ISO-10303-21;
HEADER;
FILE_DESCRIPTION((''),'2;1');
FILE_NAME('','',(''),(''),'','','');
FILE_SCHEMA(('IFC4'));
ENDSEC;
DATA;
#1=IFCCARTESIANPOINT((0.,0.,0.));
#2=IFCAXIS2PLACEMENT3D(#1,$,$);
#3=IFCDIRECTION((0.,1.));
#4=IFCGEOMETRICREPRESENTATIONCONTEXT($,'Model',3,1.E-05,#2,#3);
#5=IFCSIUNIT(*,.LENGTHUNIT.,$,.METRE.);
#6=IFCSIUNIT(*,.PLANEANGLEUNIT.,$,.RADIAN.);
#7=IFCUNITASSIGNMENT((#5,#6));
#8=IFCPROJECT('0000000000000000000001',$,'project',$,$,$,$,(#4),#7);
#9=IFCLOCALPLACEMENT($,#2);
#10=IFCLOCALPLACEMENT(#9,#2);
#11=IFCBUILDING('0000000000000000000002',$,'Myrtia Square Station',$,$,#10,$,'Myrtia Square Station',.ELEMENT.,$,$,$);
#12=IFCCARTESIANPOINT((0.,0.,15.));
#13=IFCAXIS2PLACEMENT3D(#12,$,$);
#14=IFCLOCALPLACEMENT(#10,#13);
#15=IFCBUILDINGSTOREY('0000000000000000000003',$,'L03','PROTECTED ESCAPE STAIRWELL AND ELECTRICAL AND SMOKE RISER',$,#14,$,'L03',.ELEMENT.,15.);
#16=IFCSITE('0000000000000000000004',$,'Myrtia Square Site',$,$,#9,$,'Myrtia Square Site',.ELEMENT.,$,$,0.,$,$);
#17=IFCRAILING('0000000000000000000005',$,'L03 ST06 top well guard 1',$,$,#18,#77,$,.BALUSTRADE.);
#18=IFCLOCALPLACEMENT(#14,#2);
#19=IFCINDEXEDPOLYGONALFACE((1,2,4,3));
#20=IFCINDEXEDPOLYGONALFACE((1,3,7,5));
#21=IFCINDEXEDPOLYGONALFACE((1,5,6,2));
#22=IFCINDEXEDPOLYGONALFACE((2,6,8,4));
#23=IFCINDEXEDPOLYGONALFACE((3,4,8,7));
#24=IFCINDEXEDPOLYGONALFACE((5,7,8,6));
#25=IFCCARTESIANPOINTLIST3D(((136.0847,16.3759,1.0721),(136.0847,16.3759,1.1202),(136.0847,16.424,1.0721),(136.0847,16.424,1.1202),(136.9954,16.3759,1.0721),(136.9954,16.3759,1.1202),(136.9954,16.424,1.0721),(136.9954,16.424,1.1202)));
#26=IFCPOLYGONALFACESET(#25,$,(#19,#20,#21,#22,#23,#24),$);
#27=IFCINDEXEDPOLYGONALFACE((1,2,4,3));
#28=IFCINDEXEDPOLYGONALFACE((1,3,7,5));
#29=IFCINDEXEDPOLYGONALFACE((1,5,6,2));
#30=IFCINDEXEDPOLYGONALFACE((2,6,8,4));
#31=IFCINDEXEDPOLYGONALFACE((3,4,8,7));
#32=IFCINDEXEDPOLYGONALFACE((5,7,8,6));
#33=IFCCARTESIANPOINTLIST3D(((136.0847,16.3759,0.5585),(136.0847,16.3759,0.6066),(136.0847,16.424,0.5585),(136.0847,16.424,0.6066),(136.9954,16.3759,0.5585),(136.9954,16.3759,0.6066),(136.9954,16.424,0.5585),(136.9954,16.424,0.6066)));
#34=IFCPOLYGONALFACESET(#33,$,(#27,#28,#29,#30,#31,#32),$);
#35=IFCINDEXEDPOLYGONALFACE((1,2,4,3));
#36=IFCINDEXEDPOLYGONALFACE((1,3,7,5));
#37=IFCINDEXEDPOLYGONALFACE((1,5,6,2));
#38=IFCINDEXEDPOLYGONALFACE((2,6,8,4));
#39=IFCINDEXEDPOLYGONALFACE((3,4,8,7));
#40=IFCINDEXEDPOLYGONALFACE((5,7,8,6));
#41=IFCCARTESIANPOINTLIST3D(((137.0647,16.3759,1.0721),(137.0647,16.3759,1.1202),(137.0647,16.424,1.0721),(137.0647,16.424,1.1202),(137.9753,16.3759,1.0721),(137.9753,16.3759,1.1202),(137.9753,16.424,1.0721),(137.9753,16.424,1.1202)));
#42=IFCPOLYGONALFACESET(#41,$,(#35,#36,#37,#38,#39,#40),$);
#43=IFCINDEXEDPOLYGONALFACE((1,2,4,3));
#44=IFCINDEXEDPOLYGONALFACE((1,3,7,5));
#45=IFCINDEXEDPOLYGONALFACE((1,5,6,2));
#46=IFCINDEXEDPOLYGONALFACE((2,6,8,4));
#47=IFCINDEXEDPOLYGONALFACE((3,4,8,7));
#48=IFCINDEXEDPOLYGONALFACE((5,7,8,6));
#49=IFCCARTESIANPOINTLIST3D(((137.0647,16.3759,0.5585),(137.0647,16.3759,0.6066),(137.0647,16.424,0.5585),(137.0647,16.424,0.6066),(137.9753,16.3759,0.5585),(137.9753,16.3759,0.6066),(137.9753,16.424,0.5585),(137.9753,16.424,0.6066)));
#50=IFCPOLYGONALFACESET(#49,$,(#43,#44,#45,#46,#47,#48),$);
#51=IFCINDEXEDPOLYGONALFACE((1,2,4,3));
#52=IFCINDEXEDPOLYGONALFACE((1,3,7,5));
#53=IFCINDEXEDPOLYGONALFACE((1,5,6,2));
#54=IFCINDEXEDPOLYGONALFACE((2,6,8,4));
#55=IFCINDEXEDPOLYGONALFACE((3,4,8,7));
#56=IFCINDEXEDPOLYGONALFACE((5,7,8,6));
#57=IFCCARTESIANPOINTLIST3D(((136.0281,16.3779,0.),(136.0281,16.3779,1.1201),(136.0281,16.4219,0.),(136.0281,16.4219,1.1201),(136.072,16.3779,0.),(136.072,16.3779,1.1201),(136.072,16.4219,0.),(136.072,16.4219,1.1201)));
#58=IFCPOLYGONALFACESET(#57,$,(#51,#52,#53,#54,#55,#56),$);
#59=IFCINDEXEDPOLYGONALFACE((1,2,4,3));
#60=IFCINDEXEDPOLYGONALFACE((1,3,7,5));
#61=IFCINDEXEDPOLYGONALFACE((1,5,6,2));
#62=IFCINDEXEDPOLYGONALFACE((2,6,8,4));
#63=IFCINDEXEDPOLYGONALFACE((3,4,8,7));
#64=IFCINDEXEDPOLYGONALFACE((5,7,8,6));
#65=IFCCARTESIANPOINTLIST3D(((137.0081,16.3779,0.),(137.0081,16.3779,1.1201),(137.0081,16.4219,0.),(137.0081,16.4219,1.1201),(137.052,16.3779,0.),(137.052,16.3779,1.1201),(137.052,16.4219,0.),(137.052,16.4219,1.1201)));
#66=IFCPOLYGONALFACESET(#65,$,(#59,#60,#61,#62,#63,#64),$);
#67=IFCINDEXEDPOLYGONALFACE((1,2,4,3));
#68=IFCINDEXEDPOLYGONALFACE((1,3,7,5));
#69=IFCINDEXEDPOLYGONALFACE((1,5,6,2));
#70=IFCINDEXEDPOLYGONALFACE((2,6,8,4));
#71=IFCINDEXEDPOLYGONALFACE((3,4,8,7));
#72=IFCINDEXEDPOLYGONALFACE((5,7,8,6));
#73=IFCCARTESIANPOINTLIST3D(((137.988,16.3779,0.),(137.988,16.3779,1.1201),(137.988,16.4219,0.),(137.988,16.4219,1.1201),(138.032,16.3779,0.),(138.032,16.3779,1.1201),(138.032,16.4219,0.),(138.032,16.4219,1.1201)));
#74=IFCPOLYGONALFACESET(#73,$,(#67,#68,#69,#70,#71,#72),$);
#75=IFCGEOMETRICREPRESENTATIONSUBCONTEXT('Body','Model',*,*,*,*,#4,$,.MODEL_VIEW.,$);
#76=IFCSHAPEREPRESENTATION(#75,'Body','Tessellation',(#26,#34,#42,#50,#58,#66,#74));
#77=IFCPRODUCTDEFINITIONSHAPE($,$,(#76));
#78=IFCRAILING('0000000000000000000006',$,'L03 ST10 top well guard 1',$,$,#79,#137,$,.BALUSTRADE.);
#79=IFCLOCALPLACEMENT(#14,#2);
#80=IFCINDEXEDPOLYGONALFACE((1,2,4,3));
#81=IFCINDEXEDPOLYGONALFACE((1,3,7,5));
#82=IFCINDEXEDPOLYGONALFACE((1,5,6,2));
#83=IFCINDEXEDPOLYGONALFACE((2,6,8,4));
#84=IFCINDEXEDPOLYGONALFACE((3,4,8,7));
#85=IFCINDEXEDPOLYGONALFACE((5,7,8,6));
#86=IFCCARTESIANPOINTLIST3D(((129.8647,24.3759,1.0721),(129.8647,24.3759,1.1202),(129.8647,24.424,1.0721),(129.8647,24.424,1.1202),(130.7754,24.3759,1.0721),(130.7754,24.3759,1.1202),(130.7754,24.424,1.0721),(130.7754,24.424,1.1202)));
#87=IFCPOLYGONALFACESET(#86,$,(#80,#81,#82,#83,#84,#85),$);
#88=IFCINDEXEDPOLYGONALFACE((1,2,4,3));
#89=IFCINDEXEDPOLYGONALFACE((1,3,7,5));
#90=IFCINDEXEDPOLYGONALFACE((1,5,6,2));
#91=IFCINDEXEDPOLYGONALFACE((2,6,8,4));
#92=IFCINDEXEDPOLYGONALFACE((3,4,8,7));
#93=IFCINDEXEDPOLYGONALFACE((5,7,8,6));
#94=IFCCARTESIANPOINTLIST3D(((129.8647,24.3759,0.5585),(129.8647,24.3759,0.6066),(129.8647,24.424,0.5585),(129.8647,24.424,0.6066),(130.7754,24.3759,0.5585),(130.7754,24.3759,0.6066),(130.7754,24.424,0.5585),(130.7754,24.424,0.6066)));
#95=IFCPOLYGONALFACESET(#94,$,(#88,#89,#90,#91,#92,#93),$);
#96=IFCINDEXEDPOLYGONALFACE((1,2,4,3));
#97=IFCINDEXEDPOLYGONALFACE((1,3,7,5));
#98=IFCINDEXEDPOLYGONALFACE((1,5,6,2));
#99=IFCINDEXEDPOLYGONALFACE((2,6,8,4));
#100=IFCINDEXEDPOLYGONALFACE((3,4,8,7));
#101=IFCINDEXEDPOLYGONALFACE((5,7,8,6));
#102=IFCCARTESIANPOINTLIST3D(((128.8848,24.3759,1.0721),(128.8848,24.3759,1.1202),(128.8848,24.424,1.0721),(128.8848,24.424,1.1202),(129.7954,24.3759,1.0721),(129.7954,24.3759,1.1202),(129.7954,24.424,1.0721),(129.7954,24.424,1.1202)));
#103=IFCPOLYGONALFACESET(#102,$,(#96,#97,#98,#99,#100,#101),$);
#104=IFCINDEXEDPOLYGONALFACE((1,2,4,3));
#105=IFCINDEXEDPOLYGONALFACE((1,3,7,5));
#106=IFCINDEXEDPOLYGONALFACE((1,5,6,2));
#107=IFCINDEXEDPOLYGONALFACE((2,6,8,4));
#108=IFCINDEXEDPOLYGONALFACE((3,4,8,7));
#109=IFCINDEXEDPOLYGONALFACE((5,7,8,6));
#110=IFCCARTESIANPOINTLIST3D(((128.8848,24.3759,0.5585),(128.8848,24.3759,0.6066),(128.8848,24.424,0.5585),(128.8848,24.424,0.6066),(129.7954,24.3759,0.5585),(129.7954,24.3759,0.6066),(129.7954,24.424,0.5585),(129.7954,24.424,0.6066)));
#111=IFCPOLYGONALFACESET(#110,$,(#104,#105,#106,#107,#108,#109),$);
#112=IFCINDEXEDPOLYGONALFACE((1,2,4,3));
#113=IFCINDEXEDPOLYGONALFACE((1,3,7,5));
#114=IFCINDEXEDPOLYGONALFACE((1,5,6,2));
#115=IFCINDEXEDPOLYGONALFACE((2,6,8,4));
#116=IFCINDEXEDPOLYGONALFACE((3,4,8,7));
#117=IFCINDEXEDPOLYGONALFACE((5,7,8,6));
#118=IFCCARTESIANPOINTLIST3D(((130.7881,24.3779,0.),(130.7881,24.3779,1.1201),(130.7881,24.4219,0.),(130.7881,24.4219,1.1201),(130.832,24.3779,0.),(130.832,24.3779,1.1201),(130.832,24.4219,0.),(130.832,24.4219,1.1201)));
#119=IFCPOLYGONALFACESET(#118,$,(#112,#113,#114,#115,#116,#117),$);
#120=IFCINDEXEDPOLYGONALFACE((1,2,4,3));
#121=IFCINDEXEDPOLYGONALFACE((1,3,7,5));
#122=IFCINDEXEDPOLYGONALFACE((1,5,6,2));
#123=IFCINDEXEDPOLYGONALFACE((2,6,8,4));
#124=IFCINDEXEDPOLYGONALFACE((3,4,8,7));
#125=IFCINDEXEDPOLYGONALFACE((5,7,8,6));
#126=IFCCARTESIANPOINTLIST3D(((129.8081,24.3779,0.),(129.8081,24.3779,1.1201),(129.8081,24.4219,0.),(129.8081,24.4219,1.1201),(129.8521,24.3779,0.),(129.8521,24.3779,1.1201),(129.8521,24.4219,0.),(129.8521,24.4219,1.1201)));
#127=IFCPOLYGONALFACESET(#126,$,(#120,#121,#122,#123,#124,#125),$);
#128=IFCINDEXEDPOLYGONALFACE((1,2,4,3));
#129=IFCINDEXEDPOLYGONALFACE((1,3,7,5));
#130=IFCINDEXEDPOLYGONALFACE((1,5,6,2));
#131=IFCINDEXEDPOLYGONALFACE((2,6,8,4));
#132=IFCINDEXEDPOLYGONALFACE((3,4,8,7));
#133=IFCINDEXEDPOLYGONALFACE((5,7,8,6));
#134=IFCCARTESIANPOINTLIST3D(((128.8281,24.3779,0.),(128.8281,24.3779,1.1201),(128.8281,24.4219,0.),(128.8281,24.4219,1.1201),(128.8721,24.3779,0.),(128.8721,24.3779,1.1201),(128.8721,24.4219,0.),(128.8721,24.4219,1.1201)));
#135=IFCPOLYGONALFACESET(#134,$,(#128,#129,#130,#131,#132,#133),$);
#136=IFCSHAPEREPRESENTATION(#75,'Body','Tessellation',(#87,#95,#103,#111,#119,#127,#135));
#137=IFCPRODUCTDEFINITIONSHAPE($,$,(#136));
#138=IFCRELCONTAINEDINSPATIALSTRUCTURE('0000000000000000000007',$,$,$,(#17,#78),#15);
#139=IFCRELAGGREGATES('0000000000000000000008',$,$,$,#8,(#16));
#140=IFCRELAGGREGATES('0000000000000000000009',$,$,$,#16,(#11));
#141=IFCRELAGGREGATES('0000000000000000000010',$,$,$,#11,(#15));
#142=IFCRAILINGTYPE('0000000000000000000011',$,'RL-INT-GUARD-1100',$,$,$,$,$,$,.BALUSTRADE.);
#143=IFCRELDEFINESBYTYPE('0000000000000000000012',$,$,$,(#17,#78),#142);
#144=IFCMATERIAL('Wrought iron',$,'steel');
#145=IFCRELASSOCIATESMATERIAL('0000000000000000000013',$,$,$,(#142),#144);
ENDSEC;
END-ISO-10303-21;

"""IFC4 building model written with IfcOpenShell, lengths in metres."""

from ifc_helpers import new_model, si_unit, direction, frame, origin, origin_2d, place, context, subcontext, project, spatial, rectangle, extrude, material, type_object, element, save


model = new_model("IFC4")

# Units and contexts
model_context = context("Model", 3, precision=1e-05, world=origin(), true_north=direction((0.0, 1.0)))
body_context = subcontext(model_context, "Body", "Model", "MODEL_VIEW")
ifc_project = project(units=[si_unit("LENGTHUNIT", "METRE"), si_unit("PLANEANGLEUNIT", "RADIAN")], contexts=[model_context])

# Site, building, storey
site_placement = place(None, origin())
site = spatial("IfcSite", under=ifc_project, at=site_placement, Name="Myrtia Square Site", LongName="Myrtia Square Site", CompositionType="ELEMENT", RefElevation=0.0)
building_placement = place(site_placement, origin())
building = spatial("IfcBuilding", under=site, at=building_placement, Name="Myrtia Square Station", LongName="Myrtia Square Station", CompositionType="ELEMENT")
storey_placement = place(building_placement, frame((0.0, 0.0, 15.0)))
storey = spatial("IfcBuildingStorey", under=building, at=storey_placement, Name="L03", Description="PROTECTED ESCAPE STAIRWELL AND ELECTRICAL AND SMOKE RISER", LongName="L03", CompositionType="ELEMENT", Elevation=15.0)

# Railings
ifc_material_1 = material(Name="Wrought iron", Category="steel")
railing_type = type_object("IfcRailingType", Name="RL-INT-GUARD-1100", PredefinedType="BALUSTRADE", material=ifc_material_1)
railing_1_placement = place(storey_placement, frame((136.05, 16.3999, 0.0)))
element("IfcRailing", 1, at=railing_1_placement, inside=storey, type_object=railing_type, Name="L03 ST06 top well guard 1", PredefinedType="BALUSTRADE", context=body_context, shape_type="SweptSolid", body=[
    extrude(rectangle(XDim=0.0481, YDim=0.0481, at=origin_2d()), frame((0.0347, 0.0, 1.0962), z_axis=(1.0, 0.0, 0.0), x_axis=(0.0, 1.0, 0.0)), (0.0, 0.0, 1.0), 0.9106),
    extrude(rectangle(XDim=0.0481, YDim=0.0481, at=origin_2d()), frame((0.0347, 0.0, 0.5825), z_axis=(1.0, 0.0, 0.0), x_axis=(0.0, 1.0, 0.0)), (0.0, 0.0, 1.0), 0.9106),
    extrude(rectangle(XDim=0.0481, YDim=0.0481, at=origin_2d()), frame((1.0146, 0.0, 1.0962), z_axis=(1.0, 0.0, 0.0), x_axis=(0.0, 1.0, 0.0)), (0.0, 0.0, 1.0), 0.9106),
    extrude(rectangle(XDim=0.0481, YDim=0.0481, at=origin_2d()), frame((1.0146, 0.0, 0.5825), z_axis=(1.0, 0.0, 0.0), x_axis=(0.0, 1.0, 0.0)), (0.0, 0.0, 1.0), 0.9106),
    extrude(rectangle(XDim=0.0439, YDim=0.0439, at=origin_2d()), origin(), (0.0, 0.0, 1.0), 1.1201),
    extrude(rectangle(XDim=0.0439, YDim=0.0439, at=origin_2d()), frame((0.98, 0.0, 0.0)), (0.0, 0.0, 1.0), 1.1201),
    extrude(rectangle(XDim=0.0439, YDim=0.0439, at=origin_2d()), frame((1.96, 0.0, 0.0)), (0.0, 0.0, 1.0), 1.1201),
])
railing_2_placement = place(storey_placement, frame((130.8101, 24.3999, 0.0)))
element("IfcRailing", 2, at=railing_2_placement, inside=storey, type_object=railing_type, Name="L03 ST10 top well guard 1", PredefinedType="BALUSTRADE", context=body_context, shape_type="SweptSolid", body=[
    extrude(rectangle(XDim=0.0481, YDim=0.0481, at=origin_2d()), frame((-0.0347, 0.0, 1.0962), z_axis=(-1.0, 0.0, 0.0), x_axis=(0.0, -1.0, 0.0)), (0.0, 0.0, 1.0), 0.9106),
    extrude(rectangle(XDim=0.0481, YDim=0.0481, at=origin_2d()), frame((-0.0347, 0.0, 0.5825), z_axis=(-1.0, 0.0, 0.0), x_axis=(0.0, -1.0, 0.0)), (0.0, 0.0, 1.0), 0.9106),
    extrude(rectangle(XDim=0.0481, YDim=0.0481, at=origin_2d()), frame((-1.0146, 0.0, 1.0962), z_axis=(-1.0, 0.0, 0.0), x_axis=(0.0, -1.0, 0.0)), (0.0, 0.0, 1.0), 0.9106),
    extrude(rectangle(XDim=0.0481, YDim=0.0481, at=origin_2d()), frame((-1.0146, 0.0, 0.5825), z_axis=(-1.0, 0.0, 0.0), x_axis=(0.0, -1.0, 0.0)), (0.0, 0.0, 1.0), 0.9106),
    extrude(rectangle(XDim=0.0439, YDim=0.0439, at=origin_2d()), origin(), (0.0, 0.0, 1.0), 1.1201),
    extrude(rectangle(XDim=0.0439, YDim=0.0439, at=origin_2d()), frame((-0.98, 0.0, 0.0)), (0.0, 0.0, 1.0), 1.1201),
    extrude(rectangle(XDim=0.0439, YDim=0.0439, at=origin_2d()), frame((-1.96, 0.0, 0.0)), (0.0, 0.0, 1.0), 1.1201),
])

save(model, "model.ifc")
